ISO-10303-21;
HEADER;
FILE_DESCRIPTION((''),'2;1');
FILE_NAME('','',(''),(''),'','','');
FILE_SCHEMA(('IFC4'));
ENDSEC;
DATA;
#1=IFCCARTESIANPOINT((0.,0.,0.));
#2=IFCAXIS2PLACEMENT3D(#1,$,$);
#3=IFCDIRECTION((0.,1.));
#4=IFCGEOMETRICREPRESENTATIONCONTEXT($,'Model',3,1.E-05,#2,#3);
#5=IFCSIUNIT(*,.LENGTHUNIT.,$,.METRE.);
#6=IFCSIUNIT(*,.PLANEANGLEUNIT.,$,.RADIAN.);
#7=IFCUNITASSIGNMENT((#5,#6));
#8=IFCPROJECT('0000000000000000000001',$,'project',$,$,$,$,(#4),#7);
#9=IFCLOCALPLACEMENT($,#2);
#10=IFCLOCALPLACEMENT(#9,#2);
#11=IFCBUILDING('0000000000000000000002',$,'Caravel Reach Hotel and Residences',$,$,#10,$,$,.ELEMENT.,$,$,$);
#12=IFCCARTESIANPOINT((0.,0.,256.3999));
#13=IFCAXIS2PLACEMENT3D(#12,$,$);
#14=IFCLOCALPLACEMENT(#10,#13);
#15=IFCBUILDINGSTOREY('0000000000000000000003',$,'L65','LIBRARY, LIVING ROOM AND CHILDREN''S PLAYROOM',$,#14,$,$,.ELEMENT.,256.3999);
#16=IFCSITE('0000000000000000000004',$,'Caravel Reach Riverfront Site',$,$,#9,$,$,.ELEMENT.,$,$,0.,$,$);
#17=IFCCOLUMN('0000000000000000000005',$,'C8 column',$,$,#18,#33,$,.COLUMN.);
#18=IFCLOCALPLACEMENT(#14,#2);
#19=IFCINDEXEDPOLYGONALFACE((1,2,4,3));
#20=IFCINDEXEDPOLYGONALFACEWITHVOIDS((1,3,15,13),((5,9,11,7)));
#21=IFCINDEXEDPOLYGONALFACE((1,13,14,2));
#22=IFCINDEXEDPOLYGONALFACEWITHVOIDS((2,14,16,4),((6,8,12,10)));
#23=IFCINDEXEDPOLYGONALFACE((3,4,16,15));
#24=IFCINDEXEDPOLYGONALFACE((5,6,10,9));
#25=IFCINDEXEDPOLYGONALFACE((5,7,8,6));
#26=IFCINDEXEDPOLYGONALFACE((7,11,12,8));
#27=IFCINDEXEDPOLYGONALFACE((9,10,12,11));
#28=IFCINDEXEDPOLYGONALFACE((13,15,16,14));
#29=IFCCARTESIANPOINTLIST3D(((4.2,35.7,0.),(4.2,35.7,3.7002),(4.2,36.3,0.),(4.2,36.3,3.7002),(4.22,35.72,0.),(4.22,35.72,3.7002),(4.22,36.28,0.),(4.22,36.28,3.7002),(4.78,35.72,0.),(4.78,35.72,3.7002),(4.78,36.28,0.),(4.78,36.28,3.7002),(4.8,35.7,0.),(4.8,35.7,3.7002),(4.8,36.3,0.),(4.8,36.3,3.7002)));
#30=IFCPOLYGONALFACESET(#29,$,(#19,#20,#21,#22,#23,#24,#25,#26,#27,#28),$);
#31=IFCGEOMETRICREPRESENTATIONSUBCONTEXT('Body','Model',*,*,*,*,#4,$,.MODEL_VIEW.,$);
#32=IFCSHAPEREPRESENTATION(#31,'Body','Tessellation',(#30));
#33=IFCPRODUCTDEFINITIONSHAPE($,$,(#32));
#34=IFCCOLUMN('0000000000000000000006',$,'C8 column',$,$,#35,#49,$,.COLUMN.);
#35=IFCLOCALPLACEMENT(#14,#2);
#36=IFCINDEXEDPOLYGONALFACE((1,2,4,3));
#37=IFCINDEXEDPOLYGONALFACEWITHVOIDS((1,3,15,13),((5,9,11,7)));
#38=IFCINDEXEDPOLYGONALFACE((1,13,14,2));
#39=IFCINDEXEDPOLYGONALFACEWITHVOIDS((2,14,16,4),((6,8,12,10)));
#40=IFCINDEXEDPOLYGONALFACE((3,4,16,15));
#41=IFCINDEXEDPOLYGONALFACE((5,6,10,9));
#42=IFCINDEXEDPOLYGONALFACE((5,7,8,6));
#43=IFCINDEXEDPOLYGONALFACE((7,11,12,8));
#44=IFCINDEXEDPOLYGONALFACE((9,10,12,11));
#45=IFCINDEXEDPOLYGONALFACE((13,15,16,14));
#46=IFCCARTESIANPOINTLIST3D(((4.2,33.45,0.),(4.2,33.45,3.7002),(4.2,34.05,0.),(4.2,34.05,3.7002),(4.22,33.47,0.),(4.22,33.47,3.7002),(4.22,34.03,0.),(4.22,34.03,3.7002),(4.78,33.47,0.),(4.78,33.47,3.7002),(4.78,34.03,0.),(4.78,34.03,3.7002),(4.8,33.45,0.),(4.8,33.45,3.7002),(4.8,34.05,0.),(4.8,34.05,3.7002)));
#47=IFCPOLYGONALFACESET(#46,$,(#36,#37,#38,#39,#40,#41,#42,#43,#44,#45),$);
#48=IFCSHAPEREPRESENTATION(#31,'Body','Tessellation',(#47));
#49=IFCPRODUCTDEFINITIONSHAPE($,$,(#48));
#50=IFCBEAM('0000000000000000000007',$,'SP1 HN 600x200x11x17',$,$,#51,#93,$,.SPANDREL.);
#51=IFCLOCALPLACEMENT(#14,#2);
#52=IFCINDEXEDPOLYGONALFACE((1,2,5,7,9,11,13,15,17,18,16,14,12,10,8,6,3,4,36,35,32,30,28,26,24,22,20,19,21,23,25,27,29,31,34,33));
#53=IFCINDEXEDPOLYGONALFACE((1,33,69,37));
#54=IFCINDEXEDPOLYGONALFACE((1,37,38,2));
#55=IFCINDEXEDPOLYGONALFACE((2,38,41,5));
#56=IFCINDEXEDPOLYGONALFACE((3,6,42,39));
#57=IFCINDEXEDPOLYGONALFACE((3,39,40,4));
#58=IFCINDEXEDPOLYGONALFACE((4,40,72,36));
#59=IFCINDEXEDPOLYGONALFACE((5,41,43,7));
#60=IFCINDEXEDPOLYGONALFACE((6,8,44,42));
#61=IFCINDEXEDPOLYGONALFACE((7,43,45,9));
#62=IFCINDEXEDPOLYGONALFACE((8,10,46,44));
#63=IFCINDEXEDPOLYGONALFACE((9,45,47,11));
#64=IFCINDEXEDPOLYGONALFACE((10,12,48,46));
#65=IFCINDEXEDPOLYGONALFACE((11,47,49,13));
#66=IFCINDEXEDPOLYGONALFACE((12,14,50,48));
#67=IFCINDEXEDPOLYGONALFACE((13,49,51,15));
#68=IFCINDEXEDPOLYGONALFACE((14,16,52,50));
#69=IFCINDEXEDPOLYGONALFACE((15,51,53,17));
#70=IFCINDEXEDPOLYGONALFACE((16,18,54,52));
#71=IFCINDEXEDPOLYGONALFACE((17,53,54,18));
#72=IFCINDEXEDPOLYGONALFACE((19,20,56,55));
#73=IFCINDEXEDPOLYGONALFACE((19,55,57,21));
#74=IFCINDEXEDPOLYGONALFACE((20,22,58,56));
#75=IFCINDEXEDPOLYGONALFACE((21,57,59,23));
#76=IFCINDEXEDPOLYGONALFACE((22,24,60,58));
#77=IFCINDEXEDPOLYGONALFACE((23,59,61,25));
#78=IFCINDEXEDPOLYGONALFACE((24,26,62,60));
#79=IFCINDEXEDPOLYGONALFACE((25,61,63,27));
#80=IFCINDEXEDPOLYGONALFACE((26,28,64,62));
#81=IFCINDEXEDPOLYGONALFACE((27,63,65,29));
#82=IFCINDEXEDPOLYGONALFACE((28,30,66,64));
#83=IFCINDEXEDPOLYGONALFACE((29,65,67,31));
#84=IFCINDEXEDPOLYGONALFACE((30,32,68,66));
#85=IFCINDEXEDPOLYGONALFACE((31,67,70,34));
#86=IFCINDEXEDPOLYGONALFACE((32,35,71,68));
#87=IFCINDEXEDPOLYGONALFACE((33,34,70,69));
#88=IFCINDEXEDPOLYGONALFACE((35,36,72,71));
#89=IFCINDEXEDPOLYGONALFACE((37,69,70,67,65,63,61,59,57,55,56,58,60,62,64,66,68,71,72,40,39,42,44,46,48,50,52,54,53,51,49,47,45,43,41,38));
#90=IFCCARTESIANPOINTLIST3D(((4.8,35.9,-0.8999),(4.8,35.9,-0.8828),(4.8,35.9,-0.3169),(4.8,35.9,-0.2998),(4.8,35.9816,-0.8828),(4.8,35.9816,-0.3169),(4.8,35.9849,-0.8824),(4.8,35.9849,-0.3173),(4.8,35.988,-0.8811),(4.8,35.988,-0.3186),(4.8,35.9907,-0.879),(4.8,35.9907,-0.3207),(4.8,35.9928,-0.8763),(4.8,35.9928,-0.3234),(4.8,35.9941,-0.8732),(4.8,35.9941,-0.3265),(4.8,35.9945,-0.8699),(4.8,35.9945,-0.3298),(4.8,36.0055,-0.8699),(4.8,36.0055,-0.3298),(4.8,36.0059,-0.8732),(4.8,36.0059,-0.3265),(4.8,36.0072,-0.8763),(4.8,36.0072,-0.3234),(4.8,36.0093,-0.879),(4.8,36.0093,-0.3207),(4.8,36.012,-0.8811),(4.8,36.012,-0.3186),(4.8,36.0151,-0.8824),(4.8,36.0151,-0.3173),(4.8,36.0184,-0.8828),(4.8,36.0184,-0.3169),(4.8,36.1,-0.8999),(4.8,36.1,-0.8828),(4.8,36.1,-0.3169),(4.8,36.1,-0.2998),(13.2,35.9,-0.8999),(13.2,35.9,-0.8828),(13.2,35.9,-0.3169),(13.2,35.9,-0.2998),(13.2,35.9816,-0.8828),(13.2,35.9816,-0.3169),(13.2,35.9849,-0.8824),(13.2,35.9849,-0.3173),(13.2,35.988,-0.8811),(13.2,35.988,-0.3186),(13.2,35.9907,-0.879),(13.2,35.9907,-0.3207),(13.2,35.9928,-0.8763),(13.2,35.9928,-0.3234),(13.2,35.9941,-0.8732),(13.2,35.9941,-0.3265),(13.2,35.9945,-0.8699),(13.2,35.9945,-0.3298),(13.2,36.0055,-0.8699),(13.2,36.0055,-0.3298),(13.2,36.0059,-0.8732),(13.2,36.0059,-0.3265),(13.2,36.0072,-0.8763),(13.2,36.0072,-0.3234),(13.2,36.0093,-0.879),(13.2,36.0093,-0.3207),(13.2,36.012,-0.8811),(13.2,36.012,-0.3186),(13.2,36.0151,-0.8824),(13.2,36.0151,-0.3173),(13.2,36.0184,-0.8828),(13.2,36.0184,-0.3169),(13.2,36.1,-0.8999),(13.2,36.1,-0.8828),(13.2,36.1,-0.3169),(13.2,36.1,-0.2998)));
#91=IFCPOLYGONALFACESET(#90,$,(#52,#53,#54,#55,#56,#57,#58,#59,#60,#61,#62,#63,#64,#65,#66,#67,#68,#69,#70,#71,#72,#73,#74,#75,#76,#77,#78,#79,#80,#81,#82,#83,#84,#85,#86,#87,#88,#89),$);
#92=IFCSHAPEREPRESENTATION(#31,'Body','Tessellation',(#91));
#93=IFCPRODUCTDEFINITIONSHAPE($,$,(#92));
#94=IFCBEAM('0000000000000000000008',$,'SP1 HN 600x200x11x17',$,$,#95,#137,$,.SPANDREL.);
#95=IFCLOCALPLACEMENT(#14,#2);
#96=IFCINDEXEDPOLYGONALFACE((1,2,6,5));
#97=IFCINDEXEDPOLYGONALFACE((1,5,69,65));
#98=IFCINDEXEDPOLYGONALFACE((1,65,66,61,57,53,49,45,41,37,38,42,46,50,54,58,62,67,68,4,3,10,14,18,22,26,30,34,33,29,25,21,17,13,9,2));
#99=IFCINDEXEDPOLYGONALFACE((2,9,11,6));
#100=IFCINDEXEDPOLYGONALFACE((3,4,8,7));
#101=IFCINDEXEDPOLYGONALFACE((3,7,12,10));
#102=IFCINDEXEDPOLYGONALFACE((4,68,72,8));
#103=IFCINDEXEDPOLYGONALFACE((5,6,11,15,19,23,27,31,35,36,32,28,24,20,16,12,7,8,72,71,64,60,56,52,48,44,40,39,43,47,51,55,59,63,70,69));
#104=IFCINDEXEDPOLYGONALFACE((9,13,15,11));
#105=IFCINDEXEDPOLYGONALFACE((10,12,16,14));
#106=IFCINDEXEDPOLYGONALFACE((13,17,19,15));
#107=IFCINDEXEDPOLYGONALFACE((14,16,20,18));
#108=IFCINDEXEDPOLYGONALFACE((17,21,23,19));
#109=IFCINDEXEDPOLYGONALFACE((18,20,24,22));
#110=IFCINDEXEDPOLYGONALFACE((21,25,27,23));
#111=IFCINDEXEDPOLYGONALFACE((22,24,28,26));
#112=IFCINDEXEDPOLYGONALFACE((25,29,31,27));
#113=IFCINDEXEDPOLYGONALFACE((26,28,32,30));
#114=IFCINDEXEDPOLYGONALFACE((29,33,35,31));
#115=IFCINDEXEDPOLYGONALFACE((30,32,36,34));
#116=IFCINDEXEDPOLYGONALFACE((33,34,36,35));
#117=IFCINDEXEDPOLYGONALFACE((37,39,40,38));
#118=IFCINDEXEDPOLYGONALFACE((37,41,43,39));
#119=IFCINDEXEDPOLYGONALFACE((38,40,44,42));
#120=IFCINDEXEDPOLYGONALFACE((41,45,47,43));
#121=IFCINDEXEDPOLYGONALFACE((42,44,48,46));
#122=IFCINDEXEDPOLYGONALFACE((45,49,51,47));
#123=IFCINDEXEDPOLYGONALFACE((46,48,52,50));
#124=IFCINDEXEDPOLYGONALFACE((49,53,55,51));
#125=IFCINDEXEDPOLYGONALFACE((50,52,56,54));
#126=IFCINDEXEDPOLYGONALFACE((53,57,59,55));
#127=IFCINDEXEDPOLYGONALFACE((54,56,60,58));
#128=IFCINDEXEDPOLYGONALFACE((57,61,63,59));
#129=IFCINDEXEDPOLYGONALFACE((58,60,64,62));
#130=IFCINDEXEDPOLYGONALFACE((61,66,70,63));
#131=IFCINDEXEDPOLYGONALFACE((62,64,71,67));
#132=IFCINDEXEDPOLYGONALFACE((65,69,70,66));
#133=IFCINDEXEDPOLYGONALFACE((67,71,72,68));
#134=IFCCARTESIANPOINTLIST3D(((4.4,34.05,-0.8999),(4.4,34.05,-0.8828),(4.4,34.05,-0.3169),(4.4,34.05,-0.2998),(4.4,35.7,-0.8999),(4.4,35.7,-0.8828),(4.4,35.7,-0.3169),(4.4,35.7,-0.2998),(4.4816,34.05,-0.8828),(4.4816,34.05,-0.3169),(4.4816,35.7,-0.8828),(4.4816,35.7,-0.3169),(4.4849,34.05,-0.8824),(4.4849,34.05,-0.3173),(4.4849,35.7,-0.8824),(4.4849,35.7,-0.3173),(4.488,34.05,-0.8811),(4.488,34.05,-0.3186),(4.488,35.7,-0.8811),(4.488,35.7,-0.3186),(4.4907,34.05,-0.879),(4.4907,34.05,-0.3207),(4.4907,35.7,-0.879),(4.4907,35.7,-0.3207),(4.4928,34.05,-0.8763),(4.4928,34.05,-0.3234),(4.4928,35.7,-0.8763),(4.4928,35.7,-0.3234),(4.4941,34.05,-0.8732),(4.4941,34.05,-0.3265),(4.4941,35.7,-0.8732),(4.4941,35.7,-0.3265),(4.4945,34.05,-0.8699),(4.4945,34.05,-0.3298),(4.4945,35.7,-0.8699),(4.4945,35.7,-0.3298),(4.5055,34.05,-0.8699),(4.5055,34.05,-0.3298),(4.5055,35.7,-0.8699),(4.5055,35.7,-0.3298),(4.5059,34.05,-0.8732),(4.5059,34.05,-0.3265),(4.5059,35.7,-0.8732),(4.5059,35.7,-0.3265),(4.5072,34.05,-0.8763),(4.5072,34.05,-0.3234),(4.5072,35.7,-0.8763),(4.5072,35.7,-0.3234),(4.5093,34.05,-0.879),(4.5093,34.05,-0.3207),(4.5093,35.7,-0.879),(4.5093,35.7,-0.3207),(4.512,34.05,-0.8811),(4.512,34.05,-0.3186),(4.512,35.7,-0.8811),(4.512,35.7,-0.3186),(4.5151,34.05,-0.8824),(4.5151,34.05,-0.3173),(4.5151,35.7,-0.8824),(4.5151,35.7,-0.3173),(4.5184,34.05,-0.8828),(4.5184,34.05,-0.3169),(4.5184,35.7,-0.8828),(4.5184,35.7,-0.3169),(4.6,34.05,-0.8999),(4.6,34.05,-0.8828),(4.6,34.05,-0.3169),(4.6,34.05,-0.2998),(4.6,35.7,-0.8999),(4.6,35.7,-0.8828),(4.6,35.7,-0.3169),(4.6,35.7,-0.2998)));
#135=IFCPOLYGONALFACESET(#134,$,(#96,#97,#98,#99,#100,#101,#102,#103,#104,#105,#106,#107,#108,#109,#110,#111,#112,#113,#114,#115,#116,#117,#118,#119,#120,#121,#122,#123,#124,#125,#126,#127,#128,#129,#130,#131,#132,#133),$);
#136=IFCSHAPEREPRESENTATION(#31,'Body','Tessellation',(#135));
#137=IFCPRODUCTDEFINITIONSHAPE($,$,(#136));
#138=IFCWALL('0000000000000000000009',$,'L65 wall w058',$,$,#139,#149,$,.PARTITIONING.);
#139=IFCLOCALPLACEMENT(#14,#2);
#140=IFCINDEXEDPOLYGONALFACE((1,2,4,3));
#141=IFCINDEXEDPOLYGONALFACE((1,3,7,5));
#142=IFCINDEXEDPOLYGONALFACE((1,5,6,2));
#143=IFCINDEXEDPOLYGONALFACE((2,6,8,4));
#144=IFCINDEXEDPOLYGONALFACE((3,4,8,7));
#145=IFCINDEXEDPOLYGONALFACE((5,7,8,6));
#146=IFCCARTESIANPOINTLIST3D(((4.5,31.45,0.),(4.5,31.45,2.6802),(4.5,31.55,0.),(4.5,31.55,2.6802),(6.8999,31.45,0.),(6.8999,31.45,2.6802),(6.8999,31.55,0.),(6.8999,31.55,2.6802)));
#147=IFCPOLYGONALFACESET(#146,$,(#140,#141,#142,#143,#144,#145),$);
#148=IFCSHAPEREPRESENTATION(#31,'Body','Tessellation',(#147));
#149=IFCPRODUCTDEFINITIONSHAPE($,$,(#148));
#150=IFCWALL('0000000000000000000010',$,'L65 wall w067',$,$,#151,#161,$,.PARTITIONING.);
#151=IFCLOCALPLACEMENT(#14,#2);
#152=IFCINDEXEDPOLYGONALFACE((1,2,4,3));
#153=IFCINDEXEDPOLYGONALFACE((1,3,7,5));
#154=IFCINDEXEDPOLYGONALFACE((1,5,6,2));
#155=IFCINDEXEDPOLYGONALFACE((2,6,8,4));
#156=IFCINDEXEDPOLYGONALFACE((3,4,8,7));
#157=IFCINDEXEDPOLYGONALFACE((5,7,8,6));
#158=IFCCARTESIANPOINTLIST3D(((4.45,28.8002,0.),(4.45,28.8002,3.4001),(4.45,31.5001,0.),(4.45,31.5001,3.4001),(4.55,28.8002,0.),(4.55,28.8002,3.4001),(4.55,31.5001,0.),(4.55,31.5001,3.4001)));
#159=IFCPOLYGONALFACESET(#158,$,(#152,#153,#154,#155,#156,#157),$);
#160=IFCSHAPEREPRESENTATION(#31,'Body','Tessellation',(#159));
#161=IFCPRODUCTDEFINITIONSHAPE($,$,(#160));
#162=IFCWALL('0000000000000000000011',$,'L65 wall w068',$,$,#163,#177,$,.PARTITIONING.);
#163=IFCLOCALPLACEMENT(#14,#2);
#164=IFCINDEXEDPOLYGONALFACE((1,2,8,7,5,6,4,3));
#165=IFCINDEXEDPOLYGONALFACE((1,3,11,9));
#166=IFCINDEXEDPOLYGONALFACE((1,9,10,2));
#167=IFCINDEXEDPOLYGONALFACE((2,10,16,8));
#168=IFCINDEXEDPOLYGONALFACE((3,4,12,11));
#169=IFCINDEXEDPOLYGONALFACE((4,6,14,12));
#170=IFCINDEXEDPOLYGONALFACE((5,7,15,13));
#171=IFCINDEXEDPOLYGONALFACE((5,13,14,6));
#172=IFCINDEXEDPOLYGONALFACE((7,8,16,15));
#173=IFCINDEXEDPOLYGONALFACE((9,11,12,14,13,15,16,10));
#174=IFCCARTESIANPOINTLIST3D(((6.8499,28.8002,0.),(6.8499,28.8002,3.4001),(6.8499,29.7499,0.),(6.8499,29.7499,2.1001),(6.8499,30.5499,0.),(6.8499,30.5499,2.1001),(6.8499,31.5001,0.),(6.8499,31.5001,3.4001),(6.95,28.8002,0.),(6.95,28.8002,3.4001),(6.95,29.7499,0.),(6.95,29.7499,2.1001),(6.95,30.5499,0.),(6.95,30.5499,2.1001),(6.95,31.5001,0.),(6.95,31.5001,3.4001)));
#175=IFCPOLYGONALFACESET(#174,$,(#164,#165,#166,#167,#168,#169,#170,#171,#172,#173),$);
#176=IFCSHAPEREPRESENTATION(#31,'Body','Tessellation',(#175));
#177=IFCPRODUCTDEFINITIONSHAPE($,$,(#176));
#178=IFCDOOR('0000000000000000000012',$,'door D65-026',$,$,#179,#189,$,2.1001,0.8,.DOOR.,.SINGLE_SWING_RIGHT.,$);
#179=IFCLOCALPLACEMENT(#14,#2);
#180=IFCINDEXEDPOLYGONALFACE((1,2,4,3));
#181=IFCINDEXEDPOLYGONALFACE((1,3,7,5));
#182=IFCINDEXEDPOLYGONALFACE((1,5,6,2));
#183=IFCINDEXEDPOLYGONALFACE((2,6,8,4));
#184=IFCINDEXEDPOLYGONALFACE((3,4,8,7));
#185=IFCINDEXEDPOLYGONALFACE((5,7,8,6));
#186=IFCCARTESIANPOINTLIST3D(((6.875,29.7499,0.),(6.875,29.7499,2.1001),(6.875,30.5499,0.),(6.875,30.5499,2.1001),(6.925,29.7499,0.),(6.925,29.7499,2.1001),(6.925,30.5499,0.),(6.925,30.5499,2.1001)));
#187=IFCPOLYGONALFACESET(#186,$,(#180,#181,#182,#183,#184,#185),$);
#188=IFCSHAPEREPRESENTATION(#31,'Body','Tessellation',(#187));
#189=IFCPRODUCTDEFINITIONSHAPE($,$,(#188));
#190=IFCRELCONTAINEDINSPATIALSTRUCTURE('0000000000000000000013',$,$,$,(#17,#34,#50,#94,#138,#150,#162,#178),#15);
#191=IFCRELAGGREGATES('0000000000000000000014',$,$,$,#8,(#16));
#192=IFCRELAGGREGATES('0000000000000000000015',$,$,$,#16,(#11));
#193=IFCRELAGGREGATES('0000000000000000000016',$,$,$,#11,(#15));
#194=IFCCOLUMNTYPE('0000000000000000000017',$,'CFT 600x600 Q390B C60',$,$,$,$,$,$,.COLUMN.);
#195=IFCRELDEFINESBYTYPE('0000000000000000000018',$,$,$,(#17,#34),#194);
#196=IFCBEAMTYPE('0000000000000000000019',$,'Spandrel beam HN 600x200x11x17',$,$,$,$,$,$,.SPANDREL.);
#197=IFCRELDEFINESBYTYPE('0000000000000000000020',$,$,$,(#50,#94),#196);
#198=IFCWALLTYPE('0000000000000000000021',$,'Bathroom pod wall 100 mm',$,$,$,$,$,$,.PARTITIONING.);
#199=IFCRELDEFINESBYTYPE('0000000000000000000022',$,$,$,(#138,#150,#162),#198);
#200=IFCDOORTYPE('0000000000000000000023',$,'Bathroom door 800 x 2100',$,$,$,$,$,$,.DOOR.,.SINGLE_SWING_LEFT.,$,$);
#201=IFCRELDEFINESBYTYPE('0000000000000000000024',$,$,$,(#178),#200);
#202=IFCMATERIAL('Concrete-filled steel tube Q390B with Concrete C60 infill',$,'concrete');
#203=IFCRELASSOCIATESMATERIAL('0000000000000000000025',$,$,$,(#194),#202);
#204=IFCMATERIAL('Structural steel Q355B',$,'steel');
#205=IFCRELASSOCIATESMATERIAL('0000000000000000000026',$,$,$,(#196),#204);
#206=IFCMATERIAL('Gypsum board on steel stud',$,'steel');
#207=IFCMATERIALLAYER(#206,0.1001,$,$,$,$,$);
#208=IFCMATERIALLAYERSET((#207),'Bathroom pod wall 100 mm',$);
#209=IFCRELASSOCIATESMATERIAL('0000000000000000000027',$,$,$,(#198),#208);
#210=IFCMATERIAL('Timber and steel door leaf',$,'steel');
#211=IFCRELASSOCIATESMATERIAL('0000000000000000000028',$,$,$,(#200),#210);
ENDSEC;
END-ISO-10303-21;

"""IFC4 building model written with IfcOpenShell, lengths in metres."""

from ifc_helpers import new_model, si_unit, direction, frame, frame_2d, origin, origin_2d, place, context, subcontext, project, spatial, rectangle, hollow_rectangle, i_section, extrude, material, layer, layer_set, material_profile, profile_set, type_object, element, fill, save


model = new_model("IFC4")

# Units and contexts
model_context = context("Model", 3, precision=1e-05, world=origin(), true_north=direction((0.0, 1.0)))
body_context = subcontext(model_context, "Body", "Model", "MODEL_VIEW")
ifc_project = project(units=[si_unit("LENGTHUNIT", "METRE"), si_unit("PLANEANGLEUNIT", "RADIAN")], contexts=[model_context])

# Site, building, storey
site_placement = place(None, origin())
site = spatial("IfcSite", under=ifc_project, at=site_placement, Name="Caravel Reach Riverfront Site", CompositionType="ELEMENT", RefElevation=0.0)
building_placement = place(site_placement, origin())
building = spatial("IfcBuilding", under=site, at=building_placement, Name="Caravel Reach Hotel and Residences", CompositionType="ELEMENT")
storey_placement = place(building_placement, frame((0.0, 0.0, 256.3999)))
storey = spatial("IfcBuildingStorey", under=building, at=storey_placement, Name="L65", Description="LIBRARY, LIVING ROOM AND CHILDREN'S PLAYROOM", CompositionType="ELEMENT", Elevation=256.3999)

# Columns
ifc_material_1 = material(Name="Concrete-filled steel tube Q390B with Concrete C60 infill", Category="concrete")
ifc_material_profile_1 = material_profile(ifc_material_1, hollow_rectangle(XDim=0.6001, YDim=0.6001, WallThickness=0.02, at=origin_2d()), Name="RHS 600x600x20")
ifc_profile_set_1 = profile_set([ifc_material_profile_1], Name="Concrete-filled steel tube Q390B with Concrete C60 infill")
column_type = type_object("IfcColumnType", Name="CFT 600x600 Q390B C60", PredefinedType="COLUMN", material=ifc_profile_set_1)
for number, where, z_axis, x_axis, name in (
    (1, (4.5, 36.0, 0.0), (0.0, 0.0, 1.0), (1.0, 0.0, 0.0), "C8 column"),
    (2, (4.5, 33.75, 0.0), (0.0, 0.0, 1.0), (1.0, 0.0, 0.0), "C8 column"),
):
    element("IfcColumn", number, at=place(storey_placement, frame(where, z_axis=z_axis, x_axis=x_axis)), inside=storey, type_object=column_type, Name=name, PredefinedType="COLUMN", context=body_context, shape_type="SweptSolid", body=[
        extrude(hollow_rectangle(XDim=0.6001, YDim=0.6001, WallThickness=0.02, at=origin_2d()), origin(), (0.0, 0.0, 1.0), 3.7002),
    ])

# Beams
ifc_material_2 = material(Name="Structural steel Q355B", Category="steel")
ifc_material_profile_2 = material_profile(ifc_material_2, i_section(OverallWidth=0.2, OverallDepth=0.6001, WebThickness=0.011, FlangeThickness=0.0171, FilletRadius=0.0129, at=origin_2d()), Name="HN 600x200x11x17")
ifc_profile_set_2 = profile_set([ifc_material_profile_2], Name="Structural steel Q355B")
beam_type = type_object("IfcBeamType", Name="Spandrel beam HN 600x200x11x17", PredefinedType="SPANDREL", material=ifc_profile_set_2)
beam_1_placement = place(storey_placement, frame((13.2, 36.0, -0.5999), z_axis=(-1.0, 0.0, 0.0), x_axis=(0.0, -1.0, 0.0)))
element("IfcBeam", 3, at=beam_1_placement, inside=storey, type_object=beam_type, Name="SP1 HN 600x200x11x17", PredefinedType="SPANDREL", context=body_context, shape_type="SweptSolid", body=[
    extrude(i_section(OverallWidth=0.2, OverallDepth=0.6001, WebThickness=0.011, FlangeThickness=0.0171, FilletRadius=0.0129, at=origin_2d()), origin(), (0.0, 0.0, 1.0), 8.3999),
])
beam_2_placement = place(storey_placement, frame((4.5, 35.7, -0.5999), z_axis=(0.0, -1.0, 0.0), x_axis=(1.0, 0.0, 0.0)))
element("IfcBeam", 4, at=beam_2_placement, inside=storey, type_object=beam_type, Name="SP1 HN 600x200x11x17", PredefinedType="SPANDREL", context=body_context, shape_type="SweptSolid", body=[
    extrude(i_section(OverallWidth=0.2, OverallDepth=0.6001, WebThickness=0.011, FlangeThickness=0.0171, FilletRadius=0.0129, at=origin_2d()), origin(), (0.0, 0.0, 1.0), 1.6499),
])

# Walls
ifc_material_3 = material(Name="Gypsum board on steel stud", Category="steel")
ifc_layer_1 = layer(ifc_material_3, 0.1001)
ifc_layer_set_1 = layer_set([ifc_layer_1], Name="Bathroom pod wall 100 mm")
wall_type_1 = type_object("IfcWallType", Name="Bathroom pod wall 100 mm", PredefinedType="PARTITIONING", material=ifc_layer_set_1)
wall_1_placement = place(storey_placement, frame((4.5, 31.5, 0.0), z_axis=(0.0, 0.0, 1.0), x_axis=(1.0, 0.0, 0.0)))
element("IfcWall", 5, at=wall_1_placement, inside=storey, type_object=wall_type_1, Name="L65 wall w058", PredefinedType="PARTITIONING", context=body_context, shape_type="SweptSolid", body=[
    extrude(rectangle(XDim=2.3999, YDim=0.1001, at=frame_2d((1.2, 0.0))), origin(), (0.0, 0.0, 1.0), 2.6802),
])
wall_2_placement = place(storey_placement, frame((4.5, 28.8, 0.0), z_axis=(0.0, 0.0, 1.0), x_axis=(0.0, 1.0, 0.0)))
element("IfcWall", 6, at=wall_2_placement, inside=storey, type_object=wall_type_1, Name="L65 wall w067", PredefinedType="PARTITIONING", context=body_context, shape_type="SweptSolid", body=[
    extrude(rectangle(XDim=2.7, YDim=0.1001, at=frame_2d((1.3501, 0.0))), origin(), (0.0, 0.0, 1.0), 3.4001),
])

# Wall, opening, door
wall_3_placement = place(storey_placement, frame((6.8999, 28.8, 0.0), z_axis=(0.0, 0.0, 1.0), x_axis=(0.0, 1.0, 0.0)))
wall_3 = element("IfcWall", 7, at=wall_3_placement, inside=storey, type_object=wall_type_1, Name="L65 wall w068", PredefinedType="PARTITIONING", context=body_context, shape_type="SweptSolid", body=[
    extrude(rectangle(XDim=2.7, YDim=0.1001, at=frame_2d((1.3501, 0.0))), origin(), (0.0, 0.0, 1.0), 3.4001),
])
opening_1_placement = place(wall_3_placement, frame((0.95, 0.0, 0.0)))
opening_1 = element("IfcOpeningElement", 8, at=opening_1_placement, cuts=wall_3, PredefinedType="OPENING", context=body_context, shape_type="SweptSolid", body=[
    extrude(rectangle(XDim=0.8, YDim=2.1001, at=frame_2d((0.3999, 1.05))), frame((0.0, 0.0601, 0.0), z_axis=(0.0, -1.0, 0.0), x_axis=(1.0, 0.0, 0.0)), (0.0, 0.0, 1.0), 0.1201),
])
ifc_material_4 = material(Name="Timber and steel door leaf", Category="steel")
door_type_1 = type_object("IfcDoorType", Name="Bathroom door 800 x 2100", OperationType="SINGLE_SWING_LEFT", PredefinedType="DOOR", material=ifc_material_4)
door_1_placement = place(opening_1_placement, origin())
door_1 = element("IfcDoor", 9, at=door_1_placement, inside=storey, type_object=door_type_1, Name="door D65-026", OperationType="SINGLE_SWING_RIGHT", OverallHeight=2.1001, OverallWidth=0.8, PredefinedType="DOOR", context=body_context, shape_type="SweptSolid", body=[
    extrude(rectangle(XDim=0.8, YDim=2.1001, at=frame_2d((0.3999, 1.05))), frame((0.0, 0.0249, 0.0), z_axis=(0.0, -1.0, 0.0), x_axis=(1.0, 0.0, 0.0)), (0.0, 0.0, 1.0), 0.05),
])
fill(opening_1, door_1)

save(model, "model.ifc")
